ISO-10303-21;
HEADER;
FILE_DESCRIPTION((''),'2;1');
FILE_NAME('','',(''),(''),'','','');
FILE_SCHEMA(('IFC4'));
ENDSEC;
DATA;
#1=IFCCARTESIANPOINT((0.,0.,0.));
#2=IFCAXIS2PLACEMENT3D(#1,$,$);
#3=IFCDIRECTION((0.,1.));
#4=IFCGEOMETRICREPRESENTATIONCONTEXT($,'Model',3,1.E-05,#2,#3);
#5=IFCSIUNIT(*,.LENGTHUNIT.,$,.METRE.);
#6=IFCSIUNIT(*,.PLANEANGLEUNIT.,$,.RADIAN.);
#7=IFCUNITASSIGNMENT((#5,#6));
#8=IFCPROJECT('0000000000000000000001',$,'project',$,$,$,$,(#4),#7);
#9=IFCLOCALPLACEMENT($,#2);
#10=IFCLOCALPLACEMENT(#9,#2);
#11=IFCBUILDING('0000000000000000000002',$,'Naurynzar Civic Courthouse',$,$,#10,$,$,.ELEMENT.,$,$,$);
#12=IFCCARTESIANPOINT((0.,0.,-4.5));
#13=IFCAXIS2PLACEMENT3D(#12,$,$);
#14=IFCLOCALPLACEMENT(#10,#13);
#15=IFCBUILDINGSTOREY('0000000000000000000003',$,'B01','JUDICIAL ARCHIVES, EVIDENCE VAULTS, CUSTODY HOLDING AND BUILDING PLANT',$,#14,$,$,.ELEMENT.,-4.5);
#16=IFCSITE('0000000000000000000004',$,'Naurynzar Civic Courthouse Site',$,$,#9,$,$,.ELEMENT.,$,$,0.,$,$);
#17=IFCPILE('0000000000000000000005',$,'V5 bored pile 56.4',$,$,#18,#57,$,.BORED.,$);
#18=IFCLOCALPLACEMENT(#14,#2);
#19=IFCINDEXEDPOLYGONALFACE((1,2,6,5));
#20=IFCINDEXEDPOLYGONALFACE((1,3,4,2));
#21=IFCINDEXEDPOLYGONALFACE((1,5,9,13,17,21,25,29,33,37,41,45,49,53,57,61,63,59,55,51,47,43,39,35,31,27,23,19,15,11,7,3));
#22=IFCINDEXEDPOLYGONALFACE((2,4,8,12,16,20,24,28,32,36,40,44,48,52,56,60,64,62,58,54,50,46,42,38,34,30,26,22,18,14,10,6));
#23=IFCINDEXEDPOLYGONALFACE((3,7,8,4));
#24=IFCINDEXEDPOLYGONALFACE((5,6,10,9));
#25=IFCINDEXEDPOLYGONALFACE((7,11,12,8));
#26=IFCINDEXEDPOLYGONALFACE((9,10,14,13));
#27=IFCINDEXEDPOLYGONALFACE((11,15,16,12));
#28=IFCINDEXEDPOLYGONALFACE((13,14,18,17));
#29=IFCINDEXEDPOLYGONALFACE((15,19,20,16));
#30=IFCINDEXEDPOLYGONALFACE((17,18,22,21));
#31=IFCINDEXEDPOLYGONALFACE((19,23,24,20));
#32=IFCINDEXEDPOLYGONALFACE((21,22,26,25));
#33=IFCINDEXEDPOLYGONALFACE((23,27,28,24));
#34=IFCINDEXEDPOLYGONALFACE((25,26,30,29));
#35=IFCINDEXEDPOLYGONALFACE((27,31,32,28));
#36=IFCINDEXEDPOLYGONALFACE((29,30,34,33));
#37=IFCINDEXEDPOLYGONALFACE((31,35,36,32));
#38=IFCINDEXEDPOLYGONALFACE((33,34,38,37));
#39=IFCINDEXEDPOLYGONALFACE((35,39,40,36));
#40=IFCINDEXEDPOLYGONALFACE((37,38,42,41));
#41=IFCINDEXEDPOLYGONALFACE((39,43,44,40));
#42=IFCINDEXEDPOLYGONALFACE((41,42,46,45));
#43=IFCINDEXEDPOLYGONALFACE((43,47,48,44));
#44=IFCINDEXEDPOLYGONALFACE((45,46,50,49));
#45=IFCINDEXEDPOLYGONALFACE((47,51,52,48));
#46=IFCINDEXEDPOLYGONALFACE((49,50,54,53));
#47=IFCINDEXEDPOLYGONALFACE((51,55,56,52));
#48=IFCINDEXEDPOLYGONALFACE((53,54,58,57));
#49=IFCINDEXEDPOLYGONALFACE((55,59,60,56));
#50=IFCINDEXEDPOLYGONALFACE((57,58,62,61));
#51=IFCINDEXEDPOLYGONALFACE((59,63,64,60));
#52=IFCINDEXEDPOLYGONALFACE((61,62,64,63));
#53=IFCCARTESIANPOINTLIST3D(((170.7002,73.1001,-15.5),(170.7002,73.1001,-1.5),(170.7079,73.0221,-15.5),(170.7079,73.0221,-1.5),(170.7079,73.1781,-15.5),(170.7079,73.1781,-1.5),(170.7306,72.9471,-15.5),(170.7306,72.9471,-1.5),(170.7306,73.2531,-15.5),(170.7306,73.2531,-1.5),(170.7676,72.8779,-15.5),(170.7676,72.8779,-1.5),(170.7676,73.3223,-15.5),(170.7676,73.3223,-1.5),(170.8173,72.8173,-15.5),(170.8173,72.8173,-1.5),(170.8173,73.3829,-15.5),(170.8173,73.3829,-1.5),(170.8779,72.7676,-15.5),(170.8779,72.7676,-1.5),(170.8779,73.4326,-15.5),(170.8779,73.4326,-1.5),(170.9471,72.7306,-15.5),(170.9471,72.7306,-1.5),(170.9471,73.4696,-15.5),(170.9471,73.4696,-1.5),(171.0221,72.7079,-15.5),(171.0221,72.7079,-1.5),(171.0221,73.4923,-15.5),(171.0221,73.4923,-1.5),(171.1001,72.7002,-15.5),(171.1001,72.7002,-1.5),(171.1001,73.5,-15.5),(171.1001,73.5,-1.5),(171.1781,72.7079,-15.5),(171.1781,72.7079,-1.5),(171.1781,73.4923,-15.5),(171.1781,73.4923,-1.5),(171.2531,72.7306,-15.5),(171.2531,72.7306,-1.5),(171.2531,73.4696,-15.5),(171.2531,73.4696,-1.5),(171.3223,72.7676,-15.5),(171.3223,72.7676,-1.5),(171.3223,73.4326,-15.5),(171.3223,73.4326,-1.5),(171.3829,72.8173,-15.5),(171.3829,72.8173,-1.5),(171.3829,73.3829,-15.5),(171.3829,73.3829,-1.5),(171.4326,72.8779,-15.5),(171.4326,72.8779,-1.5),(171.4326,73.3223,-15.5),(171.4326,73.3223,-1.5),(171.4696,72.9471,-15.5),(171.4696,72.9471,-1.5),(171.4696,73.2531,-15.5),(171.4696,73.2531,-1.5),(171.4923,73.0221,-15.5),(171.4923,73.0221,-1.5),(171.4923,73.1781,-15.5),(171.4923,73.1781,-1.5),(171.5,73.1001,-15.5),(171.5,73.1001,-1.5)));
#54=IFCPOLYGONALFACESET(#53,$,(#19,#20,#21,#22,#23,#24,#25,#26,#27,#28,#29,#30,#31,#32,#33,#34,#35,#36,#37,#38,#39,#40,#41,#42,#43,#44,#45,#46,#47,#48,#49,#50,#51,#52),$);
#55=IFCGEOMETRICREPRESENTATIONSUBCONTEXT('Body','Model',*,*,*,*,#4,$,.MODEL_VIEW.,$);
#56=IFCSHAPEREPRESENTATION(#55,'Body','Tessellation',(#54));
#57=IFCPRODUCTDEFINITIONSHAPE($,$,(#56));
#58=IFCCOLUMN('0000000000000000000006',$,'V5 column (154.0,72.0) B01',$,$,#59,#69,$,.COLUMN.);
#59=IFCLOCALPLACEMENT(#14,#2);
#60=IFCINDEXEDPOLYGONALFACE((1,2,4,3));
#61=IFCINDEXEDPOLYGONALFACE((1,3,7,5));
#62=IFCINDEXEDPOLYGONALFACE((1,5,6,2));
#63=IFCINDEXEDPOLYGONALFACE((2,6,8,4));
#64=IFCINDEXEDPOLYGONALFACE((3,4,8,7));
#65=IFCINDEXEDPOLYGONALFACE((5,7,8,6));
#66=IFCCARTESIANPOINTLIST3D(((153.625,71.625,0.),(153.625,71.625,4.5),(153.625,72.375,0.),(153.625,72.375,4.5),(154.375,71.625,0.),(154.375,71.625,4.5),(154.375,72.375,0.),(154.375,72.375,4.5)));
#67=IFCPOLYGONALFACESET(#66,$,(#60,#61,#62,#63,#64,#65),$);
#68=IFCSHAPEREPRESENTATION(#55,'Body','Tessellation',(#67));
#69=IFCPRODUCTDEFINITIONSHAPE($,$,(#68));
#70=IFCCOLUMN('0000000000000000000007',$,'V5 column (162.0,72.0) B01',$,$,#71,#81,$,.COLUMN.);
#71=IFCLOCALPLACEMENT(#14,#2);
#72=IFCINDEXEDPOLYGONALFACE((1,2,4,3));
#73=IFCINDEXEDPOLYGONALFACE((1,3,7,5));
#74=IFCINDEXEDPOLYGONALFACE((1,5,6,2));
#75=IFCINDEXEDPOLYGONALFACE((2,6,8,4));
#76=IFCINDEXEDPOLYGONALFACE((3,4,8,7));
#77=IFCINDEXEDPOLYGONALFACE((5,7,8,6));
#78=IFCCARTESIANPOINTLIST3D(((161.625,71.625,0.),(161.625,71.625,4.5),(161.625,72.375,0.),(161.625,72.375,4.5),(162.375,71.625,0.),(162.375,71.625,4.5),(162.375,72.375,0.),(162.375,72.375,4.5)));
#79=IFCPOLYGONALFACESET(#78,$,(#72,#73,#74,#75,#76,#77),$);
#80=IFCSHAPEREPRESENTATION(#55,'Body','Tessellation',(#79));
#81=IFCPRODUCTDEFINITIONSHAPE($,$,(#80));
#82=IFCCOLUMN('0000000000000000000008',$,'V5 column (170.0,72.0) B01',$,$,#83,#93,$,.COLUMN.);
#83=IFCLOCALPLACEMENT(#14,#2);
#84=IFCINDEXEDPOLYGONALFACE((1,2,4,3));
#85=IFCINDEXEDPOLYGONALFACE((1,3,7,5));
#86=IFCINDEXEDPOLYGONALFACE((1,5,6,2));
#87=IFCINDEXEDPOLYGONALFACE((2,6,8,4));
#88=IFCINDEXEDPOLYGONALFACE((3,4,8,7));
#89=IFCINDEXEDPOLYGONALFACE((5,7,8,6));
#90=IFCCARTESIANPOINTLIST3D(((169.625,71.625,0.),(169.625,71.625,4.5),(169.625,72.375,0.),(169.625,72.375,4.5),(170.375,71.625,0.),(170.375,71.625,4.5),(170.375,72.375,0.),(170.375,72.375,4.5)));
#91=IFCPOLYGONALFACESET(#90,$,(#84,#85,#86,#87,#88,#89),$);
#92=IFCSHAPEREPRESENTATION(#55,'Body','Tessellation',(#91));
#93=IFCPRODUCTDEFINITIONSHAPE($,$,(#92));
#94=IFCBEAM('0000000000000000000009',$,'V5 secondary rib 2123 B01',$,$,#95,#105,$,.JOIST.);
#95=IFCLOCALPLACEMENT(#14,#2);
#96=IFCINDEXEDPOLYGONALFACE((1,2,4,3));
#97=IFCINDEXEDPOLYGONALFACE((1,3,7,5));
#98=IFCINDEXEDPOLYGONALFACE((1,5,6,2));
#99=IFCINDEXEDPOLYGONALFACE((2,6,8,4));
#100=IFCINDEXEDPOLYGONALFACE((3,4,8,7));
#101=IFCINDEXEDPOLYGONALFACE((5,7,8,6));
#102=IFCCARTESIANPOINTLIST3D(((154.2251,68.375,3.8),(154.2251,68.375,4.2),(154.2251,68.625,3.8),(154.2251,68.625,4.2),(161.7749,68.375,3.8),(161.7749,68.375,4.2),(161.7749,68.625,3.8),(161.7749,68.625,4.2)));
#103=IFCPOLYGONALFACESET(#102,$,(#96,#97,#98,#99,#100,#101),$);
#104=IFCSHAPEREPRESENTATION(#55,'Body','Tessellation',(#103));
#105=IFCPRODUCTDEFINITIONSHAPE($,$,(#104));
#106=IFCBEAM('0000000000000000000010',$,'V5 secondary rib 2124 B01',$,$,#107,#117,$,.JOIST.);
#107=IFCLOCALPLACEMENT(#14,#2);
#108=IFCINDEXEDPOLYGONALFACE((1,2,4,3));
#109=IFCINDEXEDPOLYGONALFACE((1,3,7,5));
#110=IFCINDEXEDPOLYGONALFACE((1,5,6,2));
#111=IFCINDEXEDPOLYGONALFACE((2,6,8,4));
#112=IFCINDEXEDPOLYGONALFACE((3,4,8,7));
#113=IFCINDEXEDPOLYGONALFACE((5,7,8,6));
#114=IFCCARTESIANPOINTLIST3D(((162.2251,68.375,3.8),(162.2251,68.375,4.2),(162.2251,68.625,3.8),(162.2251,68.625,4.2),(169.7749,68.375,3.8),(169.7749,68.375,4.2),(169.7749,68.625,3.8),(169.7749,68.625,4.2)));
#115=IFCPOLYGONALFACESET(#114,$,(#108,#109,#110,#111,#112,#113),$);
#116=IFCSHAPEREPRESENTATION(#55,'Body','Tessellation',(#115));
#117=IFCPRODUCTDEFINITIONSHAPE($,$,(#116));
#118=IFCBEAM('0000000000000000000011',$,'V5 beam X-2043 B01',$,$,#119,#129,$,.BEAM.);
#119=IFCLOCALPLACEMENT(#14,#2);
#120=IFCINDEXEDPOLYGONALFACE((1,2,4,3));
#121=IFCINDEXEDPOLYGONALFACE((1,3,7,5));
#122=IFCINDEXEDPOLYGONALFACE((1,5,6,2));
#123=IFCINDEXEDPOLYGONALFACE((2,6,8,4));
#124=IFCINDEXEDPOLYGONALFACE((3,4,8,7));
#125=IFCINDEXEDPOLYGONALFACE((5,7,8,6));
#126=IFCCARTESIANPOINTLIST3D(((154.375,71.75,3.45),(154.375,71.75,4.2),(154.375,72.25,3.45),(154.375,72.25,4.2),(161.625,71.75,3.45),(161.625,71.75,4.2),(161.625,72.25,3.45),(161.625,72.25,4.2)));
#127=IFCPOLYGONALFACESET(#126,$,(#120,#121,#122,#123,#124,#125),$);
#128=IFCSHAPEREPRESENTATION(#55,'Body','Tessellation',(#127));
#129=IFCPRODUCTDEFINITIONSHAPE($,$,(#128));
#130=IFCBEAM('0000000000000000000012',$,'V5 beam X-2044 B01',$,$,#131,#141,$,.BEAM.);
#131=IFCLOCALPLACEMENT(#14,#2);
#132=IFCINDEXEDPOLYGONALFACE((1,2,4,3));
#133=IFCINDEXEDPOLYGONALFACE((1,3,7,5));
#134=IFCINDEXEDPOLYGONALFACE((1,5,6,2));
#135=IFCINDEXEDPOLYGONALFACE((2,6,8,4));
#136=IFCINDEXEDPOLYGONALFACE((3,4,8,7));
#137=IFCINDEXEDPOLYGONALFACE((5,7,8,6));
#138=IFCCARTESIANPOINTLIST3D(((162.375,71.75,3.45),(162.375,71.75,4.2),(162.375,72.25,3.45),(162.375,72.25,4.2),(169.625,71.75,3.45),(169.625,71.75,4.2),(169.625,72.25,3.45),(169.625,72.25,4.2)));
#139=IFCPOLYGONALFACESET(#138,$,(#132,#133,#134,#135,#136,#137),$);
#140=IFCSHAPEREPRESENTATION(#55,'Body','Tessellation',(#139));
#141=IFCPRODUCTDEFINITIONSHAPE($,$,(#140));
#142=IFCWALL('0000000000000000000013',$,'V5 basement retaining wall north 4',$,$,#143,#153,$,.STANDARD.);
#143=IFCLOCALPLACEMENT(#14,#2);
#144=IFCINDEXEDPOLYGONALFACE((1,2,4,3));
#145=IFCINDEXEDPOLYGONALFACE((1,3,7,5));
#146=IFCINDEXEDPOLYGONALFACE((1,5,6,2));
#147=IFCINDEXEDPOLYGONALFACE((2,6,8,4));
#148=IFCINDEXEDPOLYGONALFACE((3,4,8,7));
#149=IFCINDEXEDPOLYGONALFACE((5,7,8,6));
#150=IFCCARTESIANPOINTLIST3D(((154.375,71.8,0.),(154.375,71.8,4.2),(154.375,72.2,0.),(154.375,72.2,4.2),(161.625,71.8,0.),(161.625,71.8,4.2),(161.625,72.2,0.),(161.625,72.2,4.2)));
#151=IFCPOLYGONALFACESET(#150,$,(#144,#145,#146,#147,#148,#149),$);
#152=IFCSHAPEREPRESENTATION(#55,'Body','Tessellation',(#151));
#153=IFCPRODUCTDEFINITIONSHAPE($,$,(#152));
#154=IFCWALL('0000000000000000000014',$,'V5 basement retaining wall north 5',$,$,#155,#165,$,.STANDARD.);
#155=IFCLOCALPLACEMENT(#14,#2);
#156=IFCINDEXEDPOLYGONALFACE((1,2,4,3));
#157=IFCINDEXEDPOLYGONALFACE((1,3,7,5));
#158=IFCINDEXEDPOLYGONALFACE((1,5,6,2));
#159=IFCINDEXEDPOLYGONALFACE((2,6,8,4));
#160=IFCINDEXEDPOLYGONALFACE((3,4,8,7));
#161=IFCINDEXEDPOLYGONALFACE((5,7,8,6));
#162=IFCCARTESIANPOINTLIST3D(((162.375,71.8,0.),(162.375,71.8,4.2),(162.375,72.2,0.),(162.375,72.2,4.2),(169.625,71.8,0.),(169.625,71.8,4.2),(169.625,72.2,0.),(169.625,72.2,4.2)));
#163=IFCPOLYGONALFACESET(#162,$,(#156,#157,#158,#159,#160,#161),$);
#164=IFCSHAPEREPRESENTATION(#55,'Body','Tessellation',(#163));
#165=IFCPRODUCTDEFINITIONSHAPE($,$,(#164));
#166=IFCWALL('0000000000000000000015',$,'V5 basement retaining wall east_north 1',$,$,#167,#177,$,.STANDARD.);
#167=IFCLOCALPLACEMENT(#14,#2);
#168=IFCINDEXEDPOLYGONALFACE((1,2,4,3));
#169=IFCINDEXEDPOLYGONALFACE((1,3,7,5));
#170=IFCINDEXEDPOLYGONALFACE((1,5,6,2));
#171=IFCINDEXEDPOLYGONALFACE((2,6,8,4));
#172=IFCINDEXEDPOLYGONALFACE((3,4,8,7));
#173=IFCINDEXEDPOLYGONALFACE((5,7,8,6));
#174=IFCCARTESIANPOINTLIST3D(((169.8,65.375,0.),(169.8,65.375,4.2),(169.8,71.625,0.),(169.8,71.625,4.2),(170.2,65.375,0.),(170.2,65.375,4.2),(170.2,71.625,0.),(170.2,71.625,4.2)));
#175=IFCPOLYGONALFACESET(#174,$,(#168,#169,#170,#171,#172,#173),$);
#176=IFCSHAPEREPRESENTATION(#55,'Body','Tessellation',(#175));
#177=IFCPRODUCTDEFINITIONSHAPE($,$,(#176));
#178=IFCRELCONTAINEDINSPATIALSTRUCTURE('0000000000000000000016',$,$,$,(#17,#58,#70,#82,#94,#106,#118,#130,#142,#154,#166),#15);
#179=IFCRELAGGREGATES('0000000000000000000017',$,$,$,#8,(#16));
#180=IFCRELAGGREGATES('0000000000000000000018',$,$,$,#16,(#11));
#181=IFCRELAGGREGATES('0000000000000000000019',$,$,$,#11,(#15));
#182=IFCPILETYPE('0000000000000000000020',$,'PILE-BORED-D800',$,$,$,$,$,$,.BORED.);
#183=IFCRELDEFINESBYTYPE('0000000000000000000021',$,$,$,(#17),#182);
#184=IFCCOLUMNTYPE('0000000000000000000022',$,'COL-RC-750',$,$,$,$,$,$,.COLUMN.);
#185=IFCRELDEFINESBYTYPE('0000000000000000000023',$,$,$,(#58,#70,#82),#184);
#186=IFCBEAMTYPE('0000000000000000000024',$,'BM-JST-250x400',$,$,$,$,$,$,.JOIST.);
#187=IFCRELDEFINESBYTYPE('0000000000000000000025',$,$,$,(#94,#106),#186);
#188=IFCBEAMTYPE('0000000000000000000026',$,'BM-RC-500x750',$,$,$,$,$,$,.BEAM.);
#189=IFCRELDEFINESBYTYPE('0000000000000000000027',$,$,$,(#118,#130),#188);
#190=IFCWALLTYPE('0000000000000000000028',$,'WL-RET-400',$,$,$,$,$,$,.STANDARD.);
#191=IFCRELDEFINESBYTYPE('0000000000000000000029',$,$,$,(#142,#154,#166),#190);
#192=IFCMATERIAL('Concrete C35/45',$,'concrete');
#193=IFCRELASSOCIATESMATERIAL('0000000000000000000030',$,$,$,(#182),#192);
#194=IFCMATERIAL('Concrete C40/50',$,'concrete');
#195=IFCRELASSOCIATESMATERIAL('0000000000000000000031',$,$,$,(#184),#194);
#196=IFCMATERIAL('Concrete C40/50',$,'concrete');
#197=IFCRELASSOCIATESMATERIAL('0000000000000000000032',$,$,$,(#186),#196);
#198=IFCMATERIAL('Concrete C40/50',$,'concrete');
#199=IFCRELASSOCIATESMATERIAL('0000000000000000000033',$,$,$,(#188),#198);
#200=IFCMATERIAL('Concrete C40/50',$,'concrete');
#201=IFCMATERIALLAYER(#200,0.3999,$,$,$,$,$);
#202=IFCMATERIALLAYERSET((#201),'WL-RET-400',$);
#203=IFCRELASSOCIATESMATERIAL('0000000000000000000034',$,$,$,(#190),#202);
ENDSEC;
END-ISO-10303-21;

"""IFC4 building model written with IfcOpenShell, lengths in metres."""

from ifc_helpers import new_model, si_unit, direction, frame, frame_2d, origin, origin_2d, place, context, subcontext, project, spatial, rectangle, circle, extrude, material, layer, layer_set, material_profile, profile_set, type_object, element, save


model = new_model("IFC4")

# Units and contexts
model_context = context("Model", 3, precision=1e-05, world=origin(), true_north=direction((0.0, 1.0)))
body_context = subcontext(model_context, "Body", "Model", "MODEL_VIEW")
ifc_project = project(units=[si_unit("LENGTHUNIT", "METRE"), si_unit("PLANEANGLEUNIT", "RADIAN")], contexts=[model_context])

# Site, building, storey
site_placement = place(None, origin())
site = spatial("IfcSite", under=ifc_project, at=site_placement, Name="Naurynzar Civic Courthouse Site", CompositionType="ELEMENT", RefElevation=0.0)
building_placement = place(site_placement, origin())
building = spatial("IfcBuilding", under=site, at=building_placement, Name="Naurynzar Civic Courthouse", CompositionType="ELEMENT")
storey_placement = place(building_placement, frame((0.0, 0.0, -4.5)))
storey = spatial("IfcBuildingStorey", under=building, at=storey_placement, Name="B01", Description="JUDICIAL ARCHIVES, EVIDENCE VAULTS, CUSTODY HOLDING AND BUILDING PLANT", CompositionType="ELEMENT", Elevation=-4.5)

# Pile
ifc_material_1 = material(Name="Concrete C35/45", Category="concrete")
ifc_material_profile_1 = material_profile(ifc_material_1, circle(Radius=0.3999, at=origin_2d()), Name="PILE D800")
ifc_profile_set_1 = profile_set([ifc_material_profile_1], Name="Concrete C35/45")
pile_type_1 = type_object("IfcPileType", Name="PILE-BORED-D800", PredefinedType="BORED", material=ifc_profile_set_1)
for number, where, z_axis, x_axis, name in (
    (1, (171.1001, 73.1001, -1.5), (0.0, 0.0, -1.0), (1.0, 0.0, 0.0), "V5 bored pile 56.4"),
):
    element("IfcPile", number, at=place(storey_placement, frame(where, z_axis=z_axis, x_axis=x_axis)), inside=storey, type_object=pile_type_1, Name=name, PredefinedType="BORED", context=body_context, shape_type="SweptSolid", body=[
        extrude(circle(Radius=0.3999, at=origin_2d()), origin(), (0.0, 0.0, 1.0), 14.0),
    ])

# Columns
ifc_material_2 = material(Name="Concrete C40/50", Category="concrete")
ifc_material_profile_2 = material_profile(ifc_material_2, rectangle(XDim=0.75, YDim=0.75, at=origin_2d()), Name="RC 750x750")
ifc_profile_set_2 = profile_set([ifc_material_profile_2], Name="Concrete C40/50")
column_type = type_object("IfcColumnType", Name="COL-RC-750", PredefinedType="COLUMN", material=ifc_profile_set_2)
for number, where, z_axis, x_axis, name in (
    (2, (154.0, 72.0, 0.0), (0.0, 0.0, 1.0), (1.0, 0.0, 0.0), "V5 column (154.0,72.0) B01"),
    (3, (162.0, 72.0, 0.0), (0.0, 0.0, 1.0), (1.0, 0.0, 0.0), "V5 column (162.0,72.0) B01"),
    (4, (170.0, 72.0, 0.0), (0.0, 0.0, 1.0), (1.0, 0.0, 0.0), "V5 column (170.0,72.0) B01"),
):
    element("IfcColumn", number, at=place(storey_placement, frame(where, z_axis=z_axis, x_axis=x_axis)), inside=storey, type_object=column_type, Name=name, PredefinedType="COLUMN", context=body_context, shape_type="SweptSolid", body=[
        extrude(rectangle(XDim=0.75, YDim=0.75, at=origin_2d()), origin(), (0.0, 0.0, 1.0), 4.5),
    ])

# Beams
ifc_material_3 = material(Name="Concrete C40/50", Category="concrete")
ifc_material_profile_3 = material_profile(ifc_material_3, rectangle(XDim=0.25, YDim=0.3999, at=origin_2d()), Name="RCB 250x400")
ifc_profile_set_3 = profile_set([ifc_material_profile_3], Name="Concrete C40/50")
beam_type_1 = type_object("IfcBeamType", Name="BM-JST-250x400", PredefinedType="JOIST", material=ifc_profile_set_3)
for number, where, z_axis, x_axis, name in (
    (5, (154.2251, 68.5, 4.0), (1.0, 0.0, 0.0), (0.0, 1.0, 0.0), "V5 secondary rib 2123 B01"),
    (6, (162.2251, 68.5, 4.0), (1.0, 0.0, 0.0), (0.0, 1.0, 0.0), "V5 secondary rib 2124 B01"),
):
    element("IfcBeam", number, at=place(storey_placement, frame(where, z_axis=z_axis, x_axis=x_axis)), inside=storey, type_object=beam_type_1, Name=name, PredefinedType="JOIST", context=body_context, shape_type="SweptSolid", body=[
        extrude(rectangle(XDim=0.25, YDim=0.3999, at=origin_2d()), origin(), (0.0, 0.0, 1.0), 7.5498),
    ])
ifc_material_4 = material(Name="Concrete C40/50", Category="concrete")
ifc_material_profile_4 = material_profile(ifc_material_4, rectangle(XDim=0.5, YDim=0.75, at=origin_2d()), Name="RCB 500x750")
ifc_profile_set_4 = profile_set([ifc_material_profile_4], Name="Concrete C40/50")
beam_type_2 = type_object("IfcBeamType", Name="BM-RC-500x750", PredefinedType="BEAM", material=ifc_profile_set_4)
for number, where, z_axis, x_axis, name in (
    (7, (154.375, 72.0, 3.825), (1.0, 0.0, 0.0), (0.0, 1.0, 0.0), "V5 beam X-2043 B01"),
    (8, (162.375, 72.0, 3.825), (1.0, 0.0, 0.0), (0.0, 1.0, 0.0), "V5 beam X-2044 B01"),
):
    element("IfcBeam", number, at=place(storey_placement, frame(where, z_axis=z_axis, x_axis=x_axis)), inside=storey, type_object=beam_type_2, Name=name, PredefinedType="BEAM", context=body_context, shape_type="SweptSolid", body=[
        extrude(rectangle(XDim=0.5, YDim=0.75, at=origin_2d()), origin(), (0.0, 0.0, 1.0), 7.25),
    ])

# Walls
ifc_material_5 = material(Name="Concrete C40/50", Category="concrete")
ifc_layer = layer(ifc_material_5, 0.3999)
ifc_layer_set = layer_set([ifc_layer], Name="WL-RET-400")
wall_type = type_object("IfcWallType", Name="WL-RET-400", PredefinedType="STANDARD", material=ifc_layer_set)
for number, where, z_axis, x_axis, name in (
    (9, (154.375, 72.0, 0.0), (0.0, 0.0, 1.0), (1.0, 0.0, 0.0), "V5 basement retaining wall north 4"),
    (10, (162.375, 72.0, 0.0), (0.0, 0.0, 1.0), (1.0, 0.0, 0.0), "V5 basement retaining wall north 5"),
):
    element("IfcWall", number, at=place(storey_placement, frame(where, z_axis=z_axis, x_axis=x_axis)), inside=storey, type_object=wall_type, Name=name, PredefinedType="STANDARD", context=body_context, shape_type="SweptSolid", body=[
        extrude(rectangle(XDim=7.25, YDim=0.3999, at=frame_2d((3.625, 0.0))), origin(), (0.0, 0.0, 1.0), 4.2),
    ])
wall_placement = place(storey_placement, frame((170.0, 71.625, 0.0), z_axis=(0.0, 0.0, 1.0), x_axis=(0.0, -1.0, 0.0)))
element("IfcWall", 11, at=wall_placement, inside=storey, type_object=wall_type, Name="V5 basement retaining wall east_north 1", PredefinedType="STANDARD", context=body_context, shape_type="SweptSolid", body=[
    extrude(rectangle(XDim=6.25, YDim=0.3999, at=frame_2d((3.125, 0.0))), origin(), (0.0, 0.0, 1.0), 4.2),
])

save(model, "model.ifc")
